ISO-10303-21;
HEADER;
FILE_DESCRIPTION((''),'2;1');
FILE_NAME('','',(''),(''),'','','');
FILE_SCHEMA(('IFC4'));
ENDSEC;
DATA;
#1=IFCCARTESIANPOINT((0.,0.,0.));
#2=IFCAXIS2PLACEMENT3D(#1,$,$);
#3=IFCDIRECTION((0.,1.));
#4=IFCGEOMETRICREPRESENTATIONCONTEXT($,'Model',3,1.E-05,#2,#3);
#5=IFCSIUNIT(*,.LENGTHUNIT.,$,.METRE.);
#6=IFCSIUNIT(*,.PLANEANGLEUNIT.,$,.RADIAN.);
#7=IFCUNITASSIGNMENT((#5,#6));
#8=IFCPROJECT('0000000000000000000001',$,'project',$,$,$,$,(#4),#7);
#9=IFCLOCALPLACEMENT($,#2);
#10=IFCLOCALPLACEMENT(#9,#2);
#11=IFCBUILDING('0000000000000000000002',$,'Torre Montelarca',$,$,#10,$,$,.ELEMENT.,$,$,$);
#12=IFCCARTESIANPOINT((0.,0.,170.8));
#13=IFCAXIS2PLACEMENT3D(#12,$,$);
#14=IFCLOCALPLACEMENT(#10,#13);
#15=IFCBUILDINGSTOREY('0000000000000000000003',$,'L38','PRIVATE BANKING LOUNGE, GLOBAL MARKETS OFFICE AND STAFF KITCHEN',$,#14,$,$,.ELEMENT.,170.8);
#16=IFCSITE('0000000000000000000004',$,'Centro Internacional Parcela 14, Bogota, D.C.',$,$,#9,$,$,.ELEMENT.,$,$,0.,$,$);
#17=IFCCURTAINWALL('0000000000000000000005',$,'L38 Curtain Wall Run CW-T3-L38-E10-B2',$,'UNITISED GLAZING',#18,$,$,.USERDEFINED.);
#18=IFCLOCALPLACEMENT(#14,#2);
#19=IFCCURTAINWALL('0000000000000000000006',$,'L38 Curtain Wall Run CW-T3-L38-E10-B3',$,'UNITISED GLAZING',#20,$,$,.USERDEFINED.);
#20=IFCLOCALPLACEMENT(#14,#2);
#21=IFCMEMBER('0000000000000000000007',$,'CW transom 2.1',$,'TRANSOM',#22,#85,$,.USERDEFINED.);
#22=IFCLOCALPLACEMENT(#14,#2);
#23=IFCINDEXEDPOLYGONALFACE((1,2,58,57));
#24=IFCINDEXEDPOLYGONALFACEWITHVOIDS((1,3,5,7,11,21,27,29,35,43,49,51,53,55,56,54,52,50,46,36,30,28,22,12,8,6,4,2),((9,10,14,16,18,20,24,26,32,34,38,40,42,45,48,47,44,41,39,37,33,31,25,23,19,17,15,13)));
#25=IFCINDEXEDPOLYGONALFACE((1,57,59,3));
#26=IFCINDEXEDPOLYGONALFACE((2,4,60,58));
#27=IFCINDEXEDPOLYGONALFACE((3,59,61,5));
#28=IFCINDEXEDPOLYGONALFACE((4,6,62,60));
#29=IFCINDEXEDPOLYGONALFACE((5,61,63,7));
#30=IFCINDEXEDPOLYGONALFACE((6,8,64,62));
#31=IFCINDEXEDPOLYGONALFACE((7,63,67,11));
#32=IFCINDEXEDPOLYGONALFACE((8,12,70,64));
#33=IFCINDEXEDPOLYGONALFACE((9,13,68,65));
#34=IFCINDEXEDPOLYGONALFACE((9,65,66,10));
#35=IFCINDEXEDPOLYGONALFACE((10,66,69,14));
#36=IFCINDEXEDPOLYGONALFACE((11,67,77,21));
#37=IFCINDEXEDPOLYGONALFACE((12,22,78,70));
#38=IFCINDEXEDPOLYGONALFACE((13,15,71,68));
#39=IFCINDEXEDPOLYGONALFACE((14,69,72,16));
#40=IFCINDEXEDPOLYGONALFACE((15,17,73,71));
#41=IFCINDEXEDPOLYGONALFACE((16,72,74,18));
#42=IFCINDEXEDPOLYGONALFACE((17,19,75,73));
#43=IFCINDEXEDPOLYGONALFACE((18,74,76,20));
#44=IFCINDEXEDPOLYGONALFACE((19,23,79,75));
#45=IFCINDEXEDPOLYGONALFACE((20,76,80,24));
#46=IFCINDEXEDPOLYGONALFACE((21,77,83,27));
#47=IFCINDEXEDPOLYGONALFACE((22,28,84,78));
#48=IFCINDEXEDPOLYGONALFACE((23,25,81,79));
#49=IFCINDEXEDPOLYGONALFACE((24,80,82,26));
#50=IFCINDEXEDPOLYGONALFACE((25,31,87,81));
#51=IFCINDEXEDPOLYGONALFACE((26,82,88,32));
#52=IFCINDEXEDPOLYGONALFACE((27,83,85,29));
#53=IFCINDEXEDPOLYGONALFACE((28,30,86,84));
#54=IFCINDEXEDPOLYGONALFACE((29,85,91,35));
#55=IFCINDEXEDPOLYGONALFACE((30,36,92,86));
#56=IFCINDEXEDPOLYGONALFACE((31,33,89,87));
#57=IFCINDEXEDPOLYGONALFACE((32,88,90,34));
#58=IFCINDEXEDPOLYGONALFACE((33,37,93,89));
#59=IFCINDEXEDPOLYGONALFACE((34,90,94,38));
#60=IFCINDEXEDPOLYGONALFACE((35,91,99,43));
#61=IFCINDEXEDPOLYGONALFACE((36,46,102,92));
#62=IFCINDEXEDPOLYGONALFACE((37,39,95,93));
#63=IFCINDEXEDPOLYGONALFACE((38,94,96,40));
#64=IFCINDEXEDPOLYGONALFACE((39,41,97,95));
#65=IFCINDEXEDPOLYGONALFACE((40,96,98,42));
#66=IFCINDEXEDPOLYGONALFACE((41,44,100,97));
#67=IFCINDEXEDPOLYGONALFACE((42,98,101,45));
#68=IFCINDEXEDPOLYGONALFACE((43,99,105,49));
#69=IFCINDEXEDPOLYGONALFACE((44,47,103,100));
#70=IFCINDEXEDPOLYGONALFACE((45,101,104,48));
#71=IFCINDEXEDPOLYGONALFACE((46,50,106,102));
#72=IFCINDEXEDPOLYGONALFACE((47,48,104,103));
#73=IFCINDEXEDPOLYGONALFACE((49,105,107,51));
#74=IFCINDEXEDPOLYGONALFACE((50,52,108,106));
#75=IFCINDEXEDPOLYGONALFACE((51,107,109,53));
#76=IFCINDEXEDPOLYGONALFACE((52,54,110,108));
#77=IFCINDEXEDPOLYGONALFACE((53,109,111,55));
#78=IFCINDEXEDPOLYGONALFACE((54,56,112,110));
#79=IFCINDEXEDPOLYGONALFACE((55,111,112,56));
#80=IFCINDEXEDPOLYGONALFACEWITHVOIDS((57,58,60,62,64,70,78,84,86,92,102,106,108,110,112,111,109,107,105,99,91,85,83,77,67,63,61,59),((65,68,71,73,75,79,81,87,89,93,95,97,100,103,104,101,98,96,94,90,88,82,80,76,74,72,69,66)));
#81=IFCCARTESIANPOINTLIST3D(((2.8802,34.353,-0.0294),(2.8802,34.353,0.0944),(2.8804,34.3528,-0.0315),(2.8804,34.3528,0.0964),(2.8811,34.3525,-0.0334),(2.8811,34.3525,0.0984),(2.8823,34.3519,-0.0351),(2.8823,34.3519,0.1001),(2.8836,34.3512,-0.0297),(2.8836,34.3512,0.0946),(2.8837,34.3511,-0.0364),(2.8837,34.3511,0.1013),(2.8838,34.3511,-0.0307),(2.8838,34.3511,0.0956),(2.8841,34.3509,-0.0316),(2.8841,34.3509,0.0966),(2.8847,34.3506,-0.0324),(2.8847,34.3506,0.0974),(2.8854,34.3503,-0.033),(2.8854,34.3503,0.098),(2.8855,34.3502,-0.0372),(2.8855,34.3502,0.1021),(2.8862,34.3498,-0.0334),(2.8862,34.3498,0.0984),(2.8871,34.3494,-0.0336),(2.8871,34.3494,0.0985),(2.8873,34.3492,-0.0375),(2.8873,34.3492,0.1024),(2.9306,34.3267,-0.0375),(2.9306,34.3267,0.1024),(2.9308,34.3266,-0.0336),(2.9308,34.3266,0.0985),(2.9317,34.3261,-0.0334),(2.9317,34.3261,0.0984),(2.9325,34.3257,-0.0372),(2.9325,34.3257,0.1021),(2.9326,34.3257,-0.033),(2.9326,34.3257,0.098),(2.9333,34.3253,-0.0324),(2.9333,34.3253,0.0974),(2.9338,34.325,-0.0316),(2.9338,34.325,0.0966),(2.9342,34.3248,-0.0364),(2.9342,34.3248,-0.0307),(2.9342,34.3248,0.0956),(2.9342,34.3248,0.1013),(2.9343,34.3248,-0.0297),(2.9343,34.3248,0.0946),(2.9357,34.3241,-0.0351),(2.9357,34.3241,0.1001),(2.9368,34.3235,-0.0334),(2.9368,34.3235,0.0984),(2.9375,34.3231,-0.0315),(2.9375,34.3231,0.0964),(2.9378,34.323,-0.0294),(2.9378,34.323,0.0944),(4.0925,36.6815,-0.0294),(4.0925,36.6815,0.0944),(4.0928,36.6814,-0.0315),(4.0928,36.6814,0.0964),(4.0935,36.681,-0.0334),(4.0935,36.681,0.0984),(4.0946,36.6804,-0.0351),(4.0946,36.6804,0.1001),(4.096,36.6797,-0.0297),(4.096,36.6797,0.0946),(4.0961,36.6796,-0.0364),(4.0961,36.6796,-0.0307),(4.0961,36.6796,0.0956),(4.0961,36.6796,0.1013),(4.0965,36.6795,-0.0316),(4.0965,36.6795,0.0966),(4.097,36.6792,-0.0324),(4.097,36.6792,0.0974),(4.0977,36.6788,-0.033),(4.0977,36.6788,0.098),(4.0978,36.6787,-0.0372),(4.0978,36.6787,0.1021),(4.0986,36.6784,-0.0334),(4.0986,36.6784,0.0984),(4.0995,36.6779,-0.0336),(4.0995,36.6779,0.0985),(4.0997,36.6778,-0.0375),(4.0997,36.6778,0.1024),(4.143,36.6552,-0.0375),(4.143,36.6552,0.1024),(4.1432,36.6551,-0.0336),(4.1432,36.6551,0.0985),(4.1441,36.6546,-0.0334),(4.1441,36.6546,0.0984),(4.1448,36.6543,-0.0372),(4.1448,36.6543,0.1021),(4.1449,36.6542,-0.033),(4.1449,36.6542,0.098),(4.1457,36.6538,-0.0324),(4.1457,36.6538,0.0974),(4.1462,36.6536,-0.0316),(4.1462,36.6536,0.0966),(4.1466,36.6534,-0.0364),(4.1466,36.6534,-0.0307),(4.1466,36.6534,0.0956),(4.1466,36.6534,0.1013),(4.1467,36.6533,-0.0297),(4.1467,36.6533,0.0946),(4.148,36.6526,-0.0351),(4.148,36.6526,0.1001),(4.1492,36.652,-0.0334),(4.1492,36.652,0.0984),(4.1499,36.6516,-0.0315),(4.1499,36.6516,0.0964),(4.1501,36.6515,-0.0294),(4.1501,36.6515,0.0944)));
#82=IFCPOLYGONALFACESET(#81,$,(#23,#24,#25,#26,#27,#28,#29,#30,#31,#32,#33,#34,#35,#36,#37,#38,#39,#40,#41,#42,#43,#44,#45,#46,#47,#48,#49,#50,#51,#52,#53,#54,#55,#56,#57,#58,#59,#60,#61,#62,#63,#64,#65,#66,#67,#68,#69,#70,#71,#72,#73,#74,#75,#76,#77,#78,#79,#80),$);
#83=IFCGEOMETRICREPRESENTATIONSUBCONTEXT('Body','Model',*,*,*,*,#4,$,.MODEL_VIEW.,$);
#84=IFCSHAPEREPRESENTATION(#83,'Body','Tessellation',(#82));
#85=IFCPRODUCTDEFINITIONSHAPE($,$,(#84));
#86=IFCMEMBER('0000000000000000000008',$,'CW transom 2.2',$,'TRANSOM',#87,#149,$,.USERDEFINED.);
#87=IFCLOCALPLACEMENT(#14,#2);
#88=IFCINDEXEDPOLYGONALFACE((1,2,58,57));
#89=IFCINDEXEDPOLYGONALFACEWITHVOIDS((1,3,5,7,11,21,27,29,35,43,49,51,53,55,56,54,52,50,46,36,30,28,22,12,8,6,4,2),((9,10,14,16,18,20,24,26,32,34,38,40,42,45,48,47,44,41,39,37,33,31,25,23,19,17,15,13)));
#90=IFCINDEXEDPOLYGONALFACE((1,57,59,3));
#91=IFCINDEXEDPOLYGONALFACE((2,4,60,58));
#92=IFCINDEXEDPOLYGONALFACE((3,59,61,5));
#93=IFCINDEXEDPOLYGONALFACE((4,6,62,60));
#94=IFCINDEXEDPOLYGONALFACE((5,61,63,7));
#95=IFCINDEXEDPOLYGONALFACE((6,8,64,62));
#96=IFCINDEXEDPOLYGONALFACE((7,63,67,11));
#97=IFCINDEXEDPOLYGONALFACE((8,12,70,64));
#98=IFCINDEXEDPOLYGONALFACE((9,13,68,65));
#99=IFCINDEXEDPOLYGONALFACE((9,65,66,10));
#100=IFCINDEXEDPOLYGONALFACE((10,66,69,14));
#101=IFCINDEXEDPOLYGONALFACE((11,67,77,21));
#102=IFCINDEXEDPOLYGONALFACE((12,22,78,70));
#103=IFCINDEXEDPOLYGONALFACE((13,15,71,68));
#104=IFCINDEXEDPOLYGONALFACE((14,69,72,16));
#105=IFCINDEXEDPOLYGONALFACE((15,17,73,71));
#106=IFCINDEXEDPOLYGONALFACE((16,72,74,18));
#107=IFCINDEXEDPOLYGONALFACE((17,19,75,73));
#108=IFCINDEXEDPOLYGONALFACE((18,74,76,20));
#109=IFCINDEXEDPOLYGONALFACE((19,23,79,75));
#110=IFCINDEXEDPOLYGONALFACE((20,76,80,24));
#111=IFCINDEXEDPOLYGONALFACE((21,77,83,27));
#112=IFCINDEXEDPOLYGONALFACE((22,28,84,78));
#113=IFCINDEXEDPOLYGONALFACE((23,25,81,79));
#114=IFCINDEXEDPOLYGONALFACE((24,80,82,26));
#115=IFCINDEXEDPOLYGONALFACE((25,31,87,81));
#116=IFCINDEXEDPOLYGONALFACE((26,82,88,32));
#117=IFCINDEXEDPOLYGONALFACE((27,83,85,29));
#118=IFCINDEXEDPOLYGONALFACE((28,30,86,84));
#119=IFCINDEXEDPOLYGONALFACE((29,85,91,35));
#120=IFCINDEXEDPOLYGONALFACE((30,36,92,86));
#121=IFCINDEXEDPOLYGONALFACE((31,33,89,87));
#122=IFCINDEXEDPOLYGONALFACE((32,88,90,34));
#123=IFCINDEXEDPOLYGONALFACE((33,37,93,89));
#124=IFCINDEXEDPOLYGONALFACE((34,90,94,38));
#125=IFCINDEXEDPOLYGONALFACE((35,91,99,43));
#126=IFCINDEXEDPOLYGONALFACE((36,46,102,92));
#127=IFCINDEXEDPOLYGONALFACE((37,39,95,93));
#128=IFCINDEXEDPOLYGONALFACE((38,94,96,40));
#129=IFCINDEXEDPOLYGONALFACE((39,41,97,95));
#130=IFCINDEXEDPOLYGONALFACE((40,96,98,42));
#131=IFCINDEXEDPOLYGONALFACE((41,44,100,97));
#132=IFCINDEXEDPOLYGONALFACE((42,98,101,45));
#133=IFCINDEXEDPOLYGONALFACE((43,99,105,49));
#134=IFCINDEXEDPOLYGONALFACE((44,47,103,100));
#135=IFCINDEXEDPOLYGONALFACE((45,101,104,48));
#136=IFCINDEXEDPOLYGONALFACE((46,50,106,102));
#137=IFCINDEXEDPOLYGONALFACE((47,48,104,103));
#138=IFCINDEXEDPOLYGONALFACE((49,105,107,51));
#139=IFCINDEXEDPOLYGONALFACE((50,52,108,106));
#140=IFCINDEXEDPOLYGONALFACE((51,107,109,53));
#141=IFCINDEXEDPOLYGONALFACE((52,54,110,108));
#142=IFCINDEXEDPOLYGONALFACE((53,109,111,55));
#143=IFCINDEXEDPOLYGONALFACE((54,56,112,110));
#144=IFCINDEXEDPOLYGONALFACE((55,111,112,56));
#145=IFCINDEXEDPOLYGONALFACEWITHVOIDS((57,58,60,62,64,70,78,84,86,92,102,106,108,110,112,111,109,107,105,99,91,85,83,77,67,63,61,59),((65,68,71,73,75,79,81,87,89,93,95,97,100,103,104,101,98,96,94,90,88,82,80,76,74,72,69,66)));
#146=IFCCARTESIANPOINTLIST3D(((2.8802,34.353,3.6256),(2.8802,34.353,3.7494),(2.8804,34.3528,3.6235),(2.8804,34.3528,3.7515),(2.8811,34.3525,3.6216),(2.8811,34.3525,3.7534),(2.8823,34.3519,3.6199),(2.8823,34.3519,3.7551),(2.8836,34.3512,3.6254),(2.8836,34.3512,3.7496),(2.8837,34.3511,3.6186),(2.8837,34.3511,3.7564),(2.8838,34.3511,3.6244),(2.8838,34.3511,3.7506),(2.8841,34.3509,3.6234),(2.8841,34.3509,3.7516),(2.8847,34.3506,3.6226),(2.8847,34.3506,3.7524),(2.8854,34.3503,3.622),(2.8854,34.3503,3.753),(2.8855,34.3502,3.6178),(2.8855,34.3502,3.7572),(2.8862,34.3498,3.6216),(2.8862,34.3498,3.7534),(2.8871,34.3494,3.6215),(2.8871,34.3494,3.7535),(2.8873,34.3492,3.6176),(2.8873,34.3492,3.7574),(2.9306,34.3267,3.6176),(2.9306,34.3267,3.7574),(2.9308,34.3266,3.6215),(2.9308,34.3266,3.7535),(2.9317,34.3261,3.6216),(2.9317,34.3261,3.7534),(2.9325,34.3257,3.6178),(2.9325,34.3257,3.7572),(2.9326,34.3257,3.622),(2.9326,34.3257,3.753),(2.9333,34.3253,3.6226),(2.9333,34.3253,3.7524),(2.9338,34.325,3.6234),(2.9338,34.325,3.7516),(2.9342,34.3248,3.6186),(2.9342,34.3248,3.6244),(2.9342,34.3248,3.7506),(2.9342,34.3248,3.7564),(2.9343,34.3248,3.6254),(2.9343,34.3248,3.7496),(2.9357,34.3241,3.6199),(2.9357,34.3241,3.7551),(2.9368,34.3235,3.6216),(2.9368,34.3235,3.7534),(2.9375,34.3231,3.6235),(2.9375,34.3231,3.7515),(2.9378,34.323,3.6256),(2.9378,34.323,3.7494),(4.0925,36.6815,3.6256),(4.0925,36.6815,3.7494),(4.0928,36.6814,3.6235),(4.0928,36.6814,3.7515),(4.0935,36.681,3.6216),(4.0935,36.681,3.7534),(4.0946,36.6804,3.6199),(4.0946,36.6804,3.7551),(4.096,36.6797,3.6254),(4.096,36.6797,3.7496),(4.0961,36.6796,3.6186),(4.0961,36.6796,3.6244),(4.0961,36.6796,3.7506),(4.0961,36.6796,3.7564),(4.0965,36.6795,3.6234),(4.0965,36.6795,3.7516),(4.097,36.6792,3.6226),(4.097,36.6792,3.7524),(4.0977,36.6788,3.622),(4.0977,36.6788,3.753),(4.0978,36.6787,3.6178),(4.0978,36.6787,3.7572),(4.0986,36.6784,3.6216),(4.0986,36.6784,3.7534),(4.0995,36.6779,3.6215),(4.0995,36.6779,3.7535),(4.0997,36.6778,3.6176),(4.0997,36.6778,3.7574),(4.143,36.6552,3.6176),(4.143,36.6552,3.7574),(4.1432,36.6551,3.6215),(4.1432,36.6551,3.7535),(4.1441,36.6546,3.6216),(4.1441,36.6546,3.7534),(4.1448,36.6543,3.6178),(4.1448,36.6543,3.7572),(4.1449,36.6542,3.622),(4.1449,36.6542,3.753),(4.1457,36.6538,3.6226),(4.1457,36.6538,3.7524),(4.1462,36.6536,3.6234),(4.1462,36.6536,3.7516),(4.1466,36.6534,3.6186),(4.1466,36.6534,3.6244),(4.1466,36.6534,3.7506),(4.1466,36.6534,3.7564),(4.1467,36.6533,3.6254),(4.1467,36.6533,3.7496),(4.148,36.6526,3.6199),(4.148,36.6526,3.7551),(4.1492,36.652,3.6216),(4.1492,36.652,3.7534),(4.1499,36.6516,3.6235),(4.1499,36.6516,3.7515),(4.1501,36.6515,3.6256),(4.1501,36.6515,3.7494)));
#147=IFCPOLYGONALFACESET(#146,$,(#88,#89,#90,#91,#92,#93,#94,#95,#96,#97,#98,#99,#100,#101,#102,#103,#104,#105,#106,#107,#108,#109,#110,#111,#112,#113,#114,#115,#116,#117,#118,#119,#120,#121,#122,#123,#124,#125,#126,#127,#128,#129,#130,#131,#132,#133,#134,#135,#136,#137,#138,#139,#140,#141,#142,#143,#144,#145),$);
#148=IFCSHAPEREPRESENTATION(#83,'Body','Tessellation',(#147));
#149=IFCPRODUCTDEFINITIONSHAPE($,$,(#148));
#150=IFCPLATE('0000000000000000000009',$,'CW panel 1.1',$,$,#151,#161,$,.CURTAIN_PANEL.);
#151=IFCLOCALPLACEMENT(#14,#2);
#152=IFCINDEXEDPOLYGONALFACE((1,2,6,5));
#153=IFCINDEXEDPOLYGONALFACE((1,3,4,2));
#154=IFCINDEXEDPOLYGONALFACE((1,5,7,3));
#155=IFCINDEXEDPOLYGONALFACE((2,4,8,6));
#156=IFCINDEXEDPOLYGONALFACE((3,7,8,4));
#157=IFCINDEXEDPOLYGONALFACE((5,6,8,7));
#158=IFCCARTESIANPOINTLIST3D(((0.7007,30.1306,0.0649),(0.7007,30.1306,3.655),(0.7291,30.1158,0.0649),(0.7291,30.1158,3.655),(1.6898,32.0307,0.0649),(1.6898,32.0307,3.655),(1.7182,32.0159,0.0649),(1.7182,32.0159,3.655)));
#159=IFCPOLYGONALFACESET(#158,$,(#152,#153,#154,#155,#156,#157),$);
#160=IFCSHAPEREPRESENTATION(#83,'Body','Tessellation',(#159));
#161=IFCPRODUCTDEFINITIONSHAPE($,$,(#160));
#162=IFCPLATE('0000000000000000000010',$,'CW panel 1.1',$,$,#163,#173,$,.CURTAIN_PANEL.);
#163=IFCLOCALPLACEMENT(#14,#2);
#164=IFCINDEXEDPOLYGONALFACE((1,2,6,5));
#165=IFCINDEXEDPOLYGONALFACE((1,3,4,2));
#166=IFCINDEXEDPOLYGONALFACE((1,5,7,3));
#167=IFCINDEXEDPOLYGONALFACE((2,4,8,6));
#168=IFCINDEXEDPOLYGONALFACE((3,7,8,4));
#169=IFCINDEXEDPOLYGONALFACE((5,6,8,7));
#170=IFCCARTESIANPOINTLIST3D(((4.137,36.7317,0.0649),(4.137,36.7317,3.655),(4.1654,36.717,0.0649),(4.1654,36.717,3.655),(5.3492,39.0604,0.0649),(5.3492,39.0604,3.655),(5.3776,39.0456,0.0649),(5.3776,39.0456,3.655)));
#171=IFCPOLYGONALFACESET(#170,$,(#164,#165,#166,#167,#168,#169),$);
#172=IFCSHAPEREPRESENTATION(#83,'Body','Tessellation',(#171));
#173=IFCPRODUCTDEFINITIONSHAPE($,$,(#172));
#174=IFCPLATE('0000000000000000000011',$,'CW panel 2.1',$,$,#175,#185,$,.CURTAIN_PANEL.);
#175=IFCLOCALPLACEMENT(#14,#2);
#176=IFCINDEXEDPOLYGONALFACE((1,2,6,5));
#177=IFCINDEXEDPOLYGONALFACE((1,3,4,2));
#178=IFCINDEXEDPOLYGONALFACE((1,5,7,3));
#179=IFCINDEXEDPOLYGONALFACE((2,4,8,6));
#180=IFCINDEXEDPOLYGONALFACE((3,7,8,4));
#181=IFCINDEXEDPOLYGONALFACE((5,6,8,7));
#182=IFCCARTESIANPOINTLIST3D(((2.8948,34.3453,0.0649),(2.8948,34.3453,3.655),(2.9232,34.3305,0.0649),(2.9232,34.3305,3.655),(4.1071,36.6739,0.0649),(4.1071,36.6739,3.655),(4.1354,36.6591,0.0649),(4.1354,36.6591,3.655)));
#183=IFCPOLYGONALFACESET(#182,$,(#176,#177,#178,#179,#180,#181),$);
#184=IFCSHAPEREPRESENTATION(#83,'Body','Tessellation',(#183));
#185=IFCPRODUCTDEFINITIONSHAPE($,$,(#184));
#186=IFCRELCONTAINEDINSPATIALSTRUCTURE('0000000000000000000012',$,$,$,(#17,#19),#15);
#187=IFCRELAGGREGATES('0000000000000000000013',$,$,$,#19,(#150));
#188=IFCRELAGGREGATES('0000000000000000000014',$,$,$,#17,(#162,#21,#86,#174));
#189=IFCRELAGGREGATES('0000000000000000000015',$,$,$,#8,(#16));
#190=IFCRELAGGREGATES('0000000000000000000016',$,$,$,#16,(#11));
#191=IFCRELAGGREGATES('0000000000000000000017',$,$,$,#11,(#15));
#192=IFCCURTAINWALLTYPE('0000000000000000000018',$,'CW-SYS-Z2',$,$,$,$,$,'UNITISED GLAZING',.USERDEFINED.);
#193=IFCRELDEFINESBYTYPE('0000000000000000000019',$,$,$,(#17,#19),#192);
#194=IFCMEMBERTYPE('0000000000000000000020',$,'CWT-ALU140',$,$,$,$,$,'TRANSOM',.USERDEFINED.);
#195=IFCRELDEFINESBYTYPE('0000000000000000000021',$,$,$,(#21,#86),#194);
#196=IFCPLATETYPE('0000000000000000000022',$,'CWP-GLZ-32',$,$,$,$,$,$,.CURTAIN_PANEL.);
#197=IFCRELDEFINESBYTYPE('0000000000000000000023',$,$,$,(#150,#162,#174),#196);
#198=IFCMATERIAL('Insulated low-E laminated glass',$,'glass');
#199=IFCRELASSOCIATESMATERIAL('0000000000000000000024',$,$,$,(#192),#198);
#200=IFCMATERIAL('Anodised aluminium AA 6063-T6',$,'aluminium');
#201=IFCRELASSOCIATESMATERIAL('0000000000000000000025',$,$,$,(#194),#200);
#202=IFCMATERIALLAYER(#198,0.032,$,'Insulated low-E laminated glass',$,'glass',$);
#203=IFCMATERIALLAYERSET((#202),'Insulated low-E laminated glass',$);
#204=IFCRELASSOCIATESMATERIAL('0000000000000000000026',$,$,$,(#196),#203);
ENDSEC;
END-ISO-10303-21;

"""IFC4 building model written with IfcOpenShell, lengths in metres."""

from ifc_helpers import new_model, si_unit, direction, frame, origin, origin_2d, place, context, subcontext, project, spatial, rectangle, hollow_rectangle, extrude, source, transform, mapped, material, layer, layer_set, material_profile, profile_set, type_object, element, aggregate, save


model = new_model("IFC4")

# Units and contexts
model_context = context("Model", 3, precision=1e-05, world=origin(), true_north=direction((0.0, 1.0)))
body_context = subcontext(model_context, "Body", "Model", "MODEL_VIEW")
ifc_project = project(units=[si_unit("LENGTHUNIT", "METRE"), si_unit("PLANEANGLEUNIT", "RADIAN")], contexts=[model_context])

# Site, building, storey
site_placement = place(None, origin())
site = spatial("IfcSite", under=ifc_project, at=site_placement, Name="Centro Internacional Parcela 14, Bogota, D.C.", CompositionType="ELEMENT", RefElevation=0.0)
building_placement = place(site_placement, origin())
building = spatial("IfcBuilding", under=site, at=building_placement, Name="Torre Montelarca", CompositionType="ELEMENT")
storey_placement = place(building_placement, frame((0.0, 0.0, 170.8)))
storey = spatial("IfcBuildingStorey", under=building, at=storey_placement, Name="L38", Description="PRIVATE BANKING LOUNGE, GLOBAL MARKETS OFFICE AND STAFF KITCHEN", CompositionType="ELEMENT", Elevation=170.8)

# Curtain walls
ifc_material_1 = material(Name="Insulated low-E laminated glass", Category="glass")
curtain_wall_type = type_object("IfcCurtainWallType", Name="CW-SYS-Z2", ElementType="UNITISED GLAZING", PredefinedType="USERDEFINED", material=ifc_material_1)
curtain_wall_1_placement = place(storey_placement, origin())
curtain_wall_1 = element("IfcCurtainWall", 1, at=curtain_wall_1_placement, inside=storey, type_object=curtain_wall_type, Name="L38 Curtain Wall Run CW-T3-L38-E10-B2", ObjectType="UNITISED GLAZING", PredefinedType="USERDEFINED")
ifc_material_2 = material(Name="Anodised aluminium AA 6063-T6", Category="aluminium")
curtain_wall_2_placement = place(storey_placement, origin())
curtain_wall_2 = element("IfcCurtainWall", 2, at=curtain_wall_2_placement, inside=storey, type_object=curtain_wall_type, Name="L38 Curtain Wall Run CW-T3-L38-E10-B3", ObjectType="UNITISED GLAZING", PredefinedType="USERDEFINED")
ifc_material_profile_1 = material_profile(ifc_material_2, hollow_rectangle(XDim=0.0649, YDim=0.1399, WallThickness=0.0039, InnerFilletRadius=0.0039, OuterFilletRadius=0.0081, at=origin_2d()), Name="ALU65X140X4", Category="aluminium")
ifc_profile_set_1 = profile_set([ifc_material_profile_1], Name="Anodised aluminium AA 6063-T6")
member_type_1 = type_object("IfcMemberType", Name="CWT-ALU140", ElementType="TRANSOM", PredefinedType="USERDEFINED", material=ifc_profile_set_1)

# Members
shared_shape_1 = source(origin(), body_context, "Body", "SweptSolid", [
    extrude(hollow_rectangle(XDim=0.0649, YDim=0.1399, WallThickness=0.0039, InnerFilletRadius=0.0039, OuterFilletRadius=0.0081, at=origin_2d()), origin(), (0.0, 0.0, 1.0), 2.6252),
])
member_1_placement = place(storey_placement, frame((4.1213, 36.6665, 0.0325), z_axis=(-0.461809, -0.886979, 0.0), x_axis=(0.886979, -0.461809, 0.0)))
member_1 = element("IfcMember", 3, at=member_1_placement, type_object=member_type_1, Name="CW transom 2.1", ObjectType="TRANSOM", PredefinedType="USERDEFINED", context=body_context, shape_type="MappedRepresentation", body=[
    mapped(shared_shape_1, transform((0.0, 0.0, 0.0), scale=1.0)),
])
member_2_placement = place(storey_placement, frame((4.1213, 36.6665, 3.6875), z_axis=(-0.461809, -0.886979, 0.0), x_axis=(0.886979, -0.461809, 0.0)))
member_2 = element("IfcMember", 4, at=member_2_placement, type_object=member_type_1, Name="CW transom 2.2", ObjectType="TRANSOM", PredefinedType="USERDEFINED", context=body_context, shape_type="MappedRepresentation", body=[
    mapped(shared_shape_1, transform((0.0, 0.0, 0.0), scale=1.0)),
])

# Plates
ifc_layer_1 = layer(ifc_material_1, 0.032, Name="Insulated low-E laminated glass", Category="glass")
ifc_layer_set_1 = layer_set([ifc_layer_1], Name="Insulated low-E laminated glass")
plate_type = type_object("IfcPlateType", Name="CWP-GLZ-32", PredefinedType="CURTAIN_PANEL", material=ifc_layer_set_1)
shared_shape_2 = source(origin(), body_context, "Body", "SweptSolid", [
    extrude(rectangle(XDim=2.1421, YDim=0.032, at=origin_2d()), origin(), (0.0, 0.0, 1.0), 3.5901),
])
plate_1_placement = place(storey_placement, frame((1.2095, 31.0732, 0.0649), z_axis=(0.0, 0.0, 1.0), x_axis=(-0.461737, -0.887017, 0.0)))
plate_1 = element("IfcPlate", 5, at=plate_1_placement, type_object=plate_type, Name="CW panel 1.1", PredefinedType="CURTAIN_PANEL", context=body_context, shape_type="MappedRepresentation", body=[
    mapped(shared_shape_2, transform((0.0, 0.0, 0.0), scale=1.0)),
])
aggregate(curtain_wall_2, [plate_1])
shared_shape_3 = source(origin(), body_context, "Body", "SweptSolid", [
    extrude(rectangle(XDim=2.6252, YDim=0.032, at=origin_2d()), origin(), (0.0, 0.0, 1.0), 3.5901),
])
plate_2_placement = place(storey_placement, frame((4.7573, 37.8887, 0.0649), z_axis=(0.0, 0.0, 1.0), x_axis=(-0.461749, -0.88701, 0.0)))
plate_2 = element("IfcPlate", 6, at=plate_2_placement, type_object=plate_type, Name="CW panel 1.1", PredefinedType="CURTAIN_PANEL", context=body_context, shape_type="MappedRepresentation", body=[
    mapped(shared_shape_3, transform((0.0, 0.0, 0.0), scale=1.0)),
])
plate_3_placement = place(storey_placement, frame((3.5151, 35.5022, 0.0649), z_axis=(0.0, 0.0, 1.0), x_axis=(-0.461749, -0.88701, 0.0)))
plate_3 = element("IfcPlate", 7, at=plate_3_placement, type_object=plate_type, Name="CW panel 2.1", PredefinedType="CURTAIN_PANEL", context=body_context, shape_type="MappedRepresentation", body=[
    mapped(shared_shape_3, transform((0.0, 0.0, 0.0), scale=1.0)),
])
aggregate(curtain_wall_1, [plate_2, member_1, member_2, plate_3])

save(model, "model.ifc")
